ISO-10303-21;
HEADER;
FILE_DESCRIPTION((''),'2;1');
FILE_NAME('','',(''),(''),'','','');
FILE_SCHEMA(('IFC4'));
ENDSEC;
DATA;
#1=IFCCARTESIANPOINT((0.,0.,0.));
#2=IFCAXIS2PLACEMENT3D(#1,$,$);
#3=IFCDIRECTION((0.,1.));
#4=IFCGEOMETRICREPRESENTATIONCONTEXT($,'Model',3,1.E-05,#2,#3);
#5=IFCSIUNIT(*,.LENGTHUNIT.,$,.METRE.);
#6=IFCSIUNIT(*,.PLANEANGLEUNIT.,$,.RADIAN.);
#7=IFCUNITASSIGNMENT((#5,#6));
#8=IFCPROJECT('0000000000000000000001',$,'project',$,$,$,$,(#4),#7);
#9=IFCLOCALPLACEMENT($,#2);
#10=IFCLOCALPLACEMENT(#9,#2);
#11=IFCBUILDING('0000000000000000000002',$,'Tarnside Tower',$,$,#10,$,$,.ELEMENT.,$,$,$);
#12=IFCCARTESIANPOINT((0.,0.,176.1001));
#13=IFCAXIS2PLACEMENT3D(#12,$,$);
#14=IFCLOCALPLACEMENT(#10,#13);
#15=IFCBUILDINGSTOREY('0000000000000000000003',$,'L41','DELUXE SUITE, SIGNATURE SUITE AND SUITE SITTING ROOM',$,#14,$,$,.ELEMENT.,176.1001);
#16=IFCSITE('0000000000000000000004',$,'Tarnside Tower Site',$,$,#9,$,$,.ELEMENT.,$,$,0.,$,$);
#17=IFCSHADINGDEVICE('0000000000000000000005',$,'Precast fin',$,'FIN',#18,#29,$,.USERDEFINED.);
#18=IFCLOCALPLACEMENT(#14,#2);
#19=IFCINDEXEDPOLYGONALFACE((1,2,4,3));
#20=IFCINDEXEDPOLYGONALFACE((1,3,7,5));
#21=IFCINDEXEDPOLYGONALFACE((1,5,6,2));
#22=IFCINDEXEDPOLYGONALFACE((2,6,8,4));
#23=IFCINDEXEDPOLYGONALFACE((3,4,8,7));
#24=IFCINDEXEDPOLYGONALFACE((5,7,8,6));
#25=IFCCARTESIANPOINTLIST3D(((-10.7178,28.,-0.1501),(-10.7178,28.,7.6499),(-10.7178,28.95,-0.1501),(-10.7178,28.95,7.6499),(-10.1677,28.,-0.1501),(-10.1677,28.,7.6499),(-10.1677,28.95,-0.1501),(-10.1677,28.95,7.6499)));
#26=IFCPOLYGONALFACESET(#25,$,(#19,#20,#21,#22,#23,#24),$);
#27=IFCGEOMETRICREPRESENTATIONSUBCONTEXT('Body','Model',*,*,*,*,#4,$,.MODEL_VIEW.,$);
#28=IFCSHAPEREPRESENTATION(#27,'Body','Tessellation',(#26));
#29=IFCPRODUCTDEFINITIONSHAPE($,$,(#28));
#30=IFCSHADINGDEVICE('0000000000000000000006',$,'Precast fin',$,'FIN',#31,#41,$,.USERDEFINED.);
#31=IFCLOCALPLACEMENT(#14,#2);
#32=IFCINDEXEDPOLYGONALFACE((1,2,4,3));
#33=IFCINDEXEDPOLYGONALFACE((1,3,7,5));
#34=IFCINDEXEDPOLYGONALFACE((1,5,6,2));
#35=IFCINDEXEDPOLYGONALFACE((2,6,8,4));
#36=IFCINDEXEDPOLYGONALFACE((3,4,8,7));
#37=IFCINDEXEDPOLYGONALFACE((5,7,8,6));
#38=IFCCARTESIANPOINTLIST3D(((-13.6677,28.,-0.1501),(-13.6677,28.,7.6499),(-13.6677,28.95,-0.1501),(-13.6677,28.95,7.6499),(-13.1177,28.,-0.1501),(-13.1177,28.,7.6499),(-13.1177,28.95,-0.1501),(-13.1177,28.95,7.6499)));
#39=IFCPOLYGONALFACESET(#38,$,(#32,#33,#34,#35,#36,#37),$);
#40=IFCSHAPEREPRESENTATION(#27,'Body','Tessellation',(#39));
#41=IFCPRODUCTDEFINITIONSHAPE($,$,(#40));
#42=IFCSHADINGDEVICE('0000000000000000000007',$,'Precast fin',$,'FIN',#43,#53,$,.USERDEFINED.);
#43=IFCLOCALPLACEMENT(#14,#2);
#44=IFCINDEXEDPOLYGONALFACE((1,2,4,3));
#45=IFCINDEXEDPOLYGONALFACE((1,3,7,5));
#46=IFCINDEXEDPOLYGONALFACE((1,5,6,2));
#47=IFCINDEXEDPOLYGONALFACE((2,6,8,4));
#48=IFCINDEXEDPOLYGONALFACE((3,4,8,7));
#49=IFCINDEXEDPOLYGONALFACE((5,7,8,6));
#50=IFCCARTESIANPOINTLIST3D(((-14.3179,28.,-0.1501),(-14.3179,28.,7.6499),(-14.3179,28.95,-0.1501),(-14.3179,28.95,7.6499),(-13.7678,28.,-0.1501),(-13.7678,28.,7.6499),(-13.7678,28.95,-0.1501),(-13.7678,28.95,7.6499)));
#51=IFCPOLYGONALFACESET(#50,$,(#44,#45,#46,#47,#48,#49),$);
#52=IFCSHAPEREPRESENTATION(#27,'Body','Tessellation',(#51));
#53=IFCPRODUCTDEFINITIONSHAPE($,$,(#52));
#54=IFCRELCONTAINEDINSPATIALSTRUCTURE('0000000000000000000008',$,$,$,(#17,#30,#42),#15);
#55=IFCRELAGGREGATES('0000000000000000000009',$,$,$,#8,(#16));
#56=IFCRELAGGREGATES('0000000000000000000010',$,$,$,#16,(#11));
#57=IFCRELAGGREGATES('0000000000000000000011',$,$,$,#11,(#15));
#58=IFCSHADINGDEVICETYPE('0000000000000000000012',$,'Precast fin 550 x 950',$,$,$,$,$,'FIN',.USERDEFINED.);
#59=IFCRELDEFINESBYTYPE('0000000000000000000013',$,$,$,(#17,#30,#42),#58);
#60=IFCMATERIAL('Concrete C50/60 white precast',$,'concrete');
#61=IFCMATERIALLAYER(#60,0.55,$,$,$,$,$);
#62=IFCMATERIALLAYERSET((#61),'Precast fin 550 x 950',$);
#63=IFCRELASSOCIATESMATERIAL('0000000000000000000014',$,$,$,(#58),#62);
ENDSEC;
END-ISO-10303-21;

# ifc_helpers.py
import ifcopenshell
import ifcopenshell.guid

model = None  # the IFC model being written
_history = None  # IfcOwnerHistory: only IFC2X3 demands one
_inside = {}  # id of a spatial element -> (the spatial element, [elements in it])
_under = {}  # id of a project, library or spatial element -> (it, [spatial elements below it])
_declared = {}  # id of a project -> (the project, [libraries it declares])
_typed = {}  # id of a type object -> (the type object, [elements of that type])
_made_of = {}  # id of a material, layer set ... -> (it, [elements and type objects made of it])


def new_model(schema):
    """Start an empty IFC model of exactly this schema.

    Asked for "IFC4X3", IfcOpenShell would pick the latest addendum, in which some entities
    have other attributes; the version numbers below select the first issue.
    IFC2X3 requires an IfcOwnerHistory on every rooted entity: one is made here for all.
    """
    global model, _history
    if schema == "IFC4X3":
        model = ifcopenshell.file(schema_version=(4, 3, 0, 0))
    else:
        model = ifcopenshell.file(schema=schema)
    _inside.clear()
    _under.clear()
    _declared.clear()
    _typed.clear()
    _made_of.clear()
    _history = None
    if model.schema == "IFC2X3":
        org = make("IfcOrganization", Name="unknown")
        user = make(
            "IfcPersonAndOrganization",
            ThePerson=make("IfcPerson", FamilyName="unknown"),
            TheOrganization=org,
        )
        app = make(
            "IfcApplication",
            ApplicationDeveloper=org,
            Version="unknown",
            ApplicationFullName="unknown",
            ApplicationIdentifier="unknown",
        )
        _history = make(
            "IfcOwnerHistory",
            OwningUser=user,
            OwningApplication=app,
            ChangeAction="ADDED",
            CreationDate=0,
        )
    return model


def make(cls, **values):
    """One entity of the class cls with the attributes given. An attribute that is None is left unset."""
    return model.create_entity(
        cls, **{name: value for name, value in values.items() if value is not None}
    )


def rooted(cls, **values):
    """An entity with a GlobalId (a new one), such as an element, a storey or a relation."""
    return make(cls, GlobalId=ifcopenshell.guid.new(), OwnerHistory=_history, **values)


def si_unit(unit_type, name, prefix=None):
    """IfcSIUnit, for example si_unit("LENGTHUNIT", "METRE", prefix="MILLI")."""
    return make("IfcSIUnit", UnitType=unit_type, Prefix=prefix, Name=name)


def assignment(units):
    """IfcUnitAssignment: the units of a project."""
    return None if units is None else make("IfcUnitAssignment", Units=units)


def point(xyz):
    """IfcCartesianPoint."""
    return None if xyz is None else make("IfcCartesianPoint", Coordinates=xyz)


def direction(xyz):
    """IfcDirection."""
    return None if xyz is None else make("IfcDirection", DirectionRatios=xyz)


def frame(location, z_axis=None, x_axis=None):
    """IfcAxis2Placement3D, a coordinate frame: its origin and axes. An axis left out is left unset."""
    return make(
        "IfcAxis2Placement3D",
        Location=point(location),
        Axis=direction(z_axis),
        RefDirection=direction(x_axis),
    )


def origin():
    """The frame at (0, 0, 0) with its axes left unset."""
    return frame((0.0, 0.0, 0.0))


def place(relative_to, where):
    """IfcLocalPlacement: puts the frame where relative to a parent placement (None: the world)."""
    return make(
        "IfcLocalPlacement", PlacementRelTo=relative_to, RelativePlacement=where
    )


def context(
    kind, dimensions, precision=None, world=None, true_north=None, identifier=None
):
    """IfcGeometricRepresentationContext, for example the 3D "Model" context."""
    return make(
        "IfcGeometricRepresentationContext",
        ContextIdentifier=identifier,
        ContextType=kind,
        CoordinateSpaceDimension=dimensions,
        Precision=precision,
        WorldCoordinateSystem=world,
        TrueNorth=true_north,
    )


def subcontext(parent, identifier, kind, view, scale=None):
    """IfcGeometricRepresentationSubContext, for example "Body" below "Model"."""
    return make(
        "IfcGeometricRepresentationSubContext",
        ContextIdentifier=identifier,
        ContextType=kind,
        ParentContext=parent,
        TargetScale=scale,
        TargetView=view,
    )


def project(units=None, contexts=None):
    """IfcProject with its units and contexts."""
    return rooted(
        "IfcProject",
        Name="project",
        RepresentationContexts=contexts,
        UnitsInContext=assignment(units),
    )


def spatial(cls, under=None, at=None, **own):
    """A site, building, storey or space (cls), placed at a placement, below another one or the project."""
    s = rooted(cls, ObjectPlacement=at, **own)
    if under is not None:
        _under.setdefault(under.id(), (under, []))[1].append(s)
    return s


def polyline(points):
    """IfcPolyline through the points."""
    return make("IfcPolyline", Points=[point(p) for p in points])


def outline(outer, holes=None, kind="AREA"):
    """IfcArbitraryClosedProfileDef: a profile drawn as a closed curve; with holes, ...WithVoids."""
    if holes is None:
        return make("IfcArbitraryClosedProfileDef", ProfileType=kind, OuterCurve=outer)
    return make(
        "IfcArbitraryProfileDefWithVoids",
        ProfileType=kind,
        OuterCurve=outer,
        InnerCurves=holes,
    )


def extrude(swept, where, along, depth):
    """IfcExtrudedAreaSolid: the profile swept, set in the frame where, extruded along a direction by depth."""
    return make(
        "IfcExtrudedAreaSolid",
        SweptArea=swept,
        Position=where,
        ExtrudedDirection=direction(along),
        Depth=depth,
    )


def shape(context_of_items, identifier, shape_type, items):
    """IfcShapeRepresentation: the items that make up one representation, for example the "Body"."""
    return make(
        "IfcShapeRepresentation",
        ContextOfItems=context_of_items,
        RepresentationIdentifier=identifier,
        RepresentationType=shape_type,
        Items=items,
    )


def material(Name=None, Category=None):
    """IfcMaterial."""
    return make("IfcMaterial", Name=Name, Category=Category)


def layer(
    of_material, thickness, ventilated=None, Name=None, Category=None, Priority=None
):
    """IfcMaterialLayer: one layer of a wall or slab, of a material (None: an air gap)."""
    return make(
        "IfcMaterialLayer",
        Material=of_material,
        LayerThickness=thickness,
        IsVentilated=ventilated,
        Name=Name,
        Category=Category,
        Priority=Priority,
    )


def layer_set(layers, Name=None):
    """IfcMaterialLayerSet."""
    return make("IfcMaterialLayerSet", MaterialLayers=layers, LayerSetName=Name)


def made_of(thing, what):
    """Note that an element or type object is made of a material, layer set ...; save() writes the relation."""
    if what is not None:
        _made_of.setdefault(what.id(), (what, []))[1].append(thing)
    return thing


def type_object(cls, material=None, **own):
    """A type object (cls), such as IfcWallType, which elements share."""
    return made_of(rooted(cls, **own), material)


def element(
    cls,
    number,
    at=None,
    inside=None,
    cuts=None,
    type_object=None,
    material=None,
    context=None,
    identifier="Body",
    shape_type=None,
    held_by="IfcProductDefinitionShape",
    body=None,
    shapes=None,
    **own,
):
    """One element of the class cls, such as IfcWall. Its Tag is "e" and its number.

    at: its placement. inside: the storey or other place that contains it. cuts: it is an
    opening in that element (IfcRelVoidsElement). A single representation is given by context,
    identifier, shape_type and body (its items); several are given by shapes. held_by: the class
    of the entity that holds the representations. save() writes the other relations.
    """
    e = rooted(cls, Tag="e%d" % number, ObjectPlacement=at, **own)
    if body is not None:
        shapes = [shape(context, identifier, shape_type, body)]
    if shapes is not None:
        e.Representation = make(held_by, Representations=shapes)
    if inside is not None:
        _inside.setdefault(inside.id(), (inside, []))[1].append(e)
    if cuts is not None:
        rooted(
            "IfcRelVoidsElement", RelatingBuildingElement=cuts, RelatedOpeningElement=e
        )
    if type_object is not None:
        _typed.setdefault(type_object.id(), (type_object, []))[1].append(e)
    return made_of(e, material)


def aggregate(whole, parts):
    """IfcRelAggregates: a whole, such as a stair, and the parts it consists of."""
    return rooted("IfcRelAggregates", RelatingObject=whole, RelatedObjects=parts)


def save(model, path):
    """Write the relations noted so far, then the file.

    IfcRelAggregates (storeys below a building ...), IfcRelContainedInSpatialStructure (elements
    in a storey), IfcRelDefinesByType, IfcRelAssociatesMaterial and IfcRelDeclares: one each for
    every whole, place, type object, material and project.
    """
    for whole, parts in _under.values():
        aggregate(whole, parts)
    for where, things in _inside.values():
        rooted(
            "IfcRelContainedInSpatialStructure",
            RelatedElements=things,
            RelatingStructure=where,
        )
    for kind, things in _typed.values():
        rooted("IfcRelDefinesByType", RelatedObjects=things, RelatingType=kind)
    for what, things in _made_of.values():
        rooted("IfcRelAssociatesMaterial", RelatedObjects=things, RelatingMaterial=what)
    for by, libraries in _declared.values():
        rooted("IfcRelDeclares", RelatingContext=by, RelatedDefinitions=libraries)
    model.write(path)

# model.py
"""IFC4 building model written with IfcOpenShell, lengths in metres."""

from ifc_helpers import new_model, si_unit, direction, frame, origin, place, context, subcontext, project, spatial, polyline, outline, extrude, material, layer, layer_set, type_object, element, save


model = new_model("IFC4")

# Units and contexts
model_context = context("Model", 3, precision=1e-05, world=origin(), true_north=direction((0.0, 1.0)))
body_context = subcontext(model_context, "Body", "Model", "MODEL_VIEW")
ifc_project = project(units=[si_unit("LENGTHUNIT", "METRE"), si_unit("PLANEANGLEUNIT", "RADIAN")], contexts=[model_context])

# Site, building, storey
site_placement = place(None, origin())
site = spatial("IfcSite", under=ifc_project, at=site_placement, Name="Tarnside Tower Site", CompositionType="ELEMENT", RefElevation=0.0)
building_placement = place(site_placement, origin())
building = spatial("IfcBuilding", under=site, at=building_placement, Name="Tarnside Tower", CompositionType="ELEMENT")
storey_placement = place(building_placement, frame((0.0, 0.0, 176.1001)))
storey = spatial("IfcBuildingStorey", under=building, at=storey_placement, Name="L41", Description="DELUXE SUITE, SIGNATURE SUITE AND SUITE SITTING ROOM", CompositionType="ELEMENT", Elevation=176.1001)

# Shading devices
ifc_material_1 = material(Name="Concrete C50/60 white precast", Category="concrete")
ifc_layer_1 = layer(ifc_material_1, 0.55)
ifc_layer_set_1 = layer_set([ifc_layer_1], Name="Precast fin 550 x 950")
shading_device_type = type_object("IfcShadingDeviceType", Name="Precast fin 550 x 950", ElementType="FIN", PredefinedType="USERDEFINED", material=ifc_layer_set_1)
for number, where, z_axis, x_axis, name in (
    (1, (-10.4429, 28.0, -0.1501), (1.0, 0.0, 0.0), (0.0, 1.0, 0.0), "Precast fin"),
    (2, (-13.3928, 28.0, -0.1501), (1.0, 0.0, 0.0), (0.0, 1.0, 0.0), "Precast fin"),
    (3, (-14.043, 28.0, -0.1501), (1.0, 0.0, 0.0), (0.0, 1.0, 0.0), "Precast fin"),
):
    element("IfcShadingDevice", number, at=place(storey_placement, frame(where, z_axis=z_axis, x_axis=x_axis)), inside=storey, type_object=shading_device_type, Name=name, ObjectType="FIN", PredefinedType="USERDEFINED", context=body_context, shape_type="SweptSolid", body=[
        extrude(outline(polyline([(0.0, 0.0), (0.95, 0.0), (0.95, 7.8), (0.0, 7.8), (0.0, 0.0)])), frame((0.0, 0.0, -0.2749)), (0.0, 0.0, 1.0), 0.55),
    ])

save(model, "model.ifc")
